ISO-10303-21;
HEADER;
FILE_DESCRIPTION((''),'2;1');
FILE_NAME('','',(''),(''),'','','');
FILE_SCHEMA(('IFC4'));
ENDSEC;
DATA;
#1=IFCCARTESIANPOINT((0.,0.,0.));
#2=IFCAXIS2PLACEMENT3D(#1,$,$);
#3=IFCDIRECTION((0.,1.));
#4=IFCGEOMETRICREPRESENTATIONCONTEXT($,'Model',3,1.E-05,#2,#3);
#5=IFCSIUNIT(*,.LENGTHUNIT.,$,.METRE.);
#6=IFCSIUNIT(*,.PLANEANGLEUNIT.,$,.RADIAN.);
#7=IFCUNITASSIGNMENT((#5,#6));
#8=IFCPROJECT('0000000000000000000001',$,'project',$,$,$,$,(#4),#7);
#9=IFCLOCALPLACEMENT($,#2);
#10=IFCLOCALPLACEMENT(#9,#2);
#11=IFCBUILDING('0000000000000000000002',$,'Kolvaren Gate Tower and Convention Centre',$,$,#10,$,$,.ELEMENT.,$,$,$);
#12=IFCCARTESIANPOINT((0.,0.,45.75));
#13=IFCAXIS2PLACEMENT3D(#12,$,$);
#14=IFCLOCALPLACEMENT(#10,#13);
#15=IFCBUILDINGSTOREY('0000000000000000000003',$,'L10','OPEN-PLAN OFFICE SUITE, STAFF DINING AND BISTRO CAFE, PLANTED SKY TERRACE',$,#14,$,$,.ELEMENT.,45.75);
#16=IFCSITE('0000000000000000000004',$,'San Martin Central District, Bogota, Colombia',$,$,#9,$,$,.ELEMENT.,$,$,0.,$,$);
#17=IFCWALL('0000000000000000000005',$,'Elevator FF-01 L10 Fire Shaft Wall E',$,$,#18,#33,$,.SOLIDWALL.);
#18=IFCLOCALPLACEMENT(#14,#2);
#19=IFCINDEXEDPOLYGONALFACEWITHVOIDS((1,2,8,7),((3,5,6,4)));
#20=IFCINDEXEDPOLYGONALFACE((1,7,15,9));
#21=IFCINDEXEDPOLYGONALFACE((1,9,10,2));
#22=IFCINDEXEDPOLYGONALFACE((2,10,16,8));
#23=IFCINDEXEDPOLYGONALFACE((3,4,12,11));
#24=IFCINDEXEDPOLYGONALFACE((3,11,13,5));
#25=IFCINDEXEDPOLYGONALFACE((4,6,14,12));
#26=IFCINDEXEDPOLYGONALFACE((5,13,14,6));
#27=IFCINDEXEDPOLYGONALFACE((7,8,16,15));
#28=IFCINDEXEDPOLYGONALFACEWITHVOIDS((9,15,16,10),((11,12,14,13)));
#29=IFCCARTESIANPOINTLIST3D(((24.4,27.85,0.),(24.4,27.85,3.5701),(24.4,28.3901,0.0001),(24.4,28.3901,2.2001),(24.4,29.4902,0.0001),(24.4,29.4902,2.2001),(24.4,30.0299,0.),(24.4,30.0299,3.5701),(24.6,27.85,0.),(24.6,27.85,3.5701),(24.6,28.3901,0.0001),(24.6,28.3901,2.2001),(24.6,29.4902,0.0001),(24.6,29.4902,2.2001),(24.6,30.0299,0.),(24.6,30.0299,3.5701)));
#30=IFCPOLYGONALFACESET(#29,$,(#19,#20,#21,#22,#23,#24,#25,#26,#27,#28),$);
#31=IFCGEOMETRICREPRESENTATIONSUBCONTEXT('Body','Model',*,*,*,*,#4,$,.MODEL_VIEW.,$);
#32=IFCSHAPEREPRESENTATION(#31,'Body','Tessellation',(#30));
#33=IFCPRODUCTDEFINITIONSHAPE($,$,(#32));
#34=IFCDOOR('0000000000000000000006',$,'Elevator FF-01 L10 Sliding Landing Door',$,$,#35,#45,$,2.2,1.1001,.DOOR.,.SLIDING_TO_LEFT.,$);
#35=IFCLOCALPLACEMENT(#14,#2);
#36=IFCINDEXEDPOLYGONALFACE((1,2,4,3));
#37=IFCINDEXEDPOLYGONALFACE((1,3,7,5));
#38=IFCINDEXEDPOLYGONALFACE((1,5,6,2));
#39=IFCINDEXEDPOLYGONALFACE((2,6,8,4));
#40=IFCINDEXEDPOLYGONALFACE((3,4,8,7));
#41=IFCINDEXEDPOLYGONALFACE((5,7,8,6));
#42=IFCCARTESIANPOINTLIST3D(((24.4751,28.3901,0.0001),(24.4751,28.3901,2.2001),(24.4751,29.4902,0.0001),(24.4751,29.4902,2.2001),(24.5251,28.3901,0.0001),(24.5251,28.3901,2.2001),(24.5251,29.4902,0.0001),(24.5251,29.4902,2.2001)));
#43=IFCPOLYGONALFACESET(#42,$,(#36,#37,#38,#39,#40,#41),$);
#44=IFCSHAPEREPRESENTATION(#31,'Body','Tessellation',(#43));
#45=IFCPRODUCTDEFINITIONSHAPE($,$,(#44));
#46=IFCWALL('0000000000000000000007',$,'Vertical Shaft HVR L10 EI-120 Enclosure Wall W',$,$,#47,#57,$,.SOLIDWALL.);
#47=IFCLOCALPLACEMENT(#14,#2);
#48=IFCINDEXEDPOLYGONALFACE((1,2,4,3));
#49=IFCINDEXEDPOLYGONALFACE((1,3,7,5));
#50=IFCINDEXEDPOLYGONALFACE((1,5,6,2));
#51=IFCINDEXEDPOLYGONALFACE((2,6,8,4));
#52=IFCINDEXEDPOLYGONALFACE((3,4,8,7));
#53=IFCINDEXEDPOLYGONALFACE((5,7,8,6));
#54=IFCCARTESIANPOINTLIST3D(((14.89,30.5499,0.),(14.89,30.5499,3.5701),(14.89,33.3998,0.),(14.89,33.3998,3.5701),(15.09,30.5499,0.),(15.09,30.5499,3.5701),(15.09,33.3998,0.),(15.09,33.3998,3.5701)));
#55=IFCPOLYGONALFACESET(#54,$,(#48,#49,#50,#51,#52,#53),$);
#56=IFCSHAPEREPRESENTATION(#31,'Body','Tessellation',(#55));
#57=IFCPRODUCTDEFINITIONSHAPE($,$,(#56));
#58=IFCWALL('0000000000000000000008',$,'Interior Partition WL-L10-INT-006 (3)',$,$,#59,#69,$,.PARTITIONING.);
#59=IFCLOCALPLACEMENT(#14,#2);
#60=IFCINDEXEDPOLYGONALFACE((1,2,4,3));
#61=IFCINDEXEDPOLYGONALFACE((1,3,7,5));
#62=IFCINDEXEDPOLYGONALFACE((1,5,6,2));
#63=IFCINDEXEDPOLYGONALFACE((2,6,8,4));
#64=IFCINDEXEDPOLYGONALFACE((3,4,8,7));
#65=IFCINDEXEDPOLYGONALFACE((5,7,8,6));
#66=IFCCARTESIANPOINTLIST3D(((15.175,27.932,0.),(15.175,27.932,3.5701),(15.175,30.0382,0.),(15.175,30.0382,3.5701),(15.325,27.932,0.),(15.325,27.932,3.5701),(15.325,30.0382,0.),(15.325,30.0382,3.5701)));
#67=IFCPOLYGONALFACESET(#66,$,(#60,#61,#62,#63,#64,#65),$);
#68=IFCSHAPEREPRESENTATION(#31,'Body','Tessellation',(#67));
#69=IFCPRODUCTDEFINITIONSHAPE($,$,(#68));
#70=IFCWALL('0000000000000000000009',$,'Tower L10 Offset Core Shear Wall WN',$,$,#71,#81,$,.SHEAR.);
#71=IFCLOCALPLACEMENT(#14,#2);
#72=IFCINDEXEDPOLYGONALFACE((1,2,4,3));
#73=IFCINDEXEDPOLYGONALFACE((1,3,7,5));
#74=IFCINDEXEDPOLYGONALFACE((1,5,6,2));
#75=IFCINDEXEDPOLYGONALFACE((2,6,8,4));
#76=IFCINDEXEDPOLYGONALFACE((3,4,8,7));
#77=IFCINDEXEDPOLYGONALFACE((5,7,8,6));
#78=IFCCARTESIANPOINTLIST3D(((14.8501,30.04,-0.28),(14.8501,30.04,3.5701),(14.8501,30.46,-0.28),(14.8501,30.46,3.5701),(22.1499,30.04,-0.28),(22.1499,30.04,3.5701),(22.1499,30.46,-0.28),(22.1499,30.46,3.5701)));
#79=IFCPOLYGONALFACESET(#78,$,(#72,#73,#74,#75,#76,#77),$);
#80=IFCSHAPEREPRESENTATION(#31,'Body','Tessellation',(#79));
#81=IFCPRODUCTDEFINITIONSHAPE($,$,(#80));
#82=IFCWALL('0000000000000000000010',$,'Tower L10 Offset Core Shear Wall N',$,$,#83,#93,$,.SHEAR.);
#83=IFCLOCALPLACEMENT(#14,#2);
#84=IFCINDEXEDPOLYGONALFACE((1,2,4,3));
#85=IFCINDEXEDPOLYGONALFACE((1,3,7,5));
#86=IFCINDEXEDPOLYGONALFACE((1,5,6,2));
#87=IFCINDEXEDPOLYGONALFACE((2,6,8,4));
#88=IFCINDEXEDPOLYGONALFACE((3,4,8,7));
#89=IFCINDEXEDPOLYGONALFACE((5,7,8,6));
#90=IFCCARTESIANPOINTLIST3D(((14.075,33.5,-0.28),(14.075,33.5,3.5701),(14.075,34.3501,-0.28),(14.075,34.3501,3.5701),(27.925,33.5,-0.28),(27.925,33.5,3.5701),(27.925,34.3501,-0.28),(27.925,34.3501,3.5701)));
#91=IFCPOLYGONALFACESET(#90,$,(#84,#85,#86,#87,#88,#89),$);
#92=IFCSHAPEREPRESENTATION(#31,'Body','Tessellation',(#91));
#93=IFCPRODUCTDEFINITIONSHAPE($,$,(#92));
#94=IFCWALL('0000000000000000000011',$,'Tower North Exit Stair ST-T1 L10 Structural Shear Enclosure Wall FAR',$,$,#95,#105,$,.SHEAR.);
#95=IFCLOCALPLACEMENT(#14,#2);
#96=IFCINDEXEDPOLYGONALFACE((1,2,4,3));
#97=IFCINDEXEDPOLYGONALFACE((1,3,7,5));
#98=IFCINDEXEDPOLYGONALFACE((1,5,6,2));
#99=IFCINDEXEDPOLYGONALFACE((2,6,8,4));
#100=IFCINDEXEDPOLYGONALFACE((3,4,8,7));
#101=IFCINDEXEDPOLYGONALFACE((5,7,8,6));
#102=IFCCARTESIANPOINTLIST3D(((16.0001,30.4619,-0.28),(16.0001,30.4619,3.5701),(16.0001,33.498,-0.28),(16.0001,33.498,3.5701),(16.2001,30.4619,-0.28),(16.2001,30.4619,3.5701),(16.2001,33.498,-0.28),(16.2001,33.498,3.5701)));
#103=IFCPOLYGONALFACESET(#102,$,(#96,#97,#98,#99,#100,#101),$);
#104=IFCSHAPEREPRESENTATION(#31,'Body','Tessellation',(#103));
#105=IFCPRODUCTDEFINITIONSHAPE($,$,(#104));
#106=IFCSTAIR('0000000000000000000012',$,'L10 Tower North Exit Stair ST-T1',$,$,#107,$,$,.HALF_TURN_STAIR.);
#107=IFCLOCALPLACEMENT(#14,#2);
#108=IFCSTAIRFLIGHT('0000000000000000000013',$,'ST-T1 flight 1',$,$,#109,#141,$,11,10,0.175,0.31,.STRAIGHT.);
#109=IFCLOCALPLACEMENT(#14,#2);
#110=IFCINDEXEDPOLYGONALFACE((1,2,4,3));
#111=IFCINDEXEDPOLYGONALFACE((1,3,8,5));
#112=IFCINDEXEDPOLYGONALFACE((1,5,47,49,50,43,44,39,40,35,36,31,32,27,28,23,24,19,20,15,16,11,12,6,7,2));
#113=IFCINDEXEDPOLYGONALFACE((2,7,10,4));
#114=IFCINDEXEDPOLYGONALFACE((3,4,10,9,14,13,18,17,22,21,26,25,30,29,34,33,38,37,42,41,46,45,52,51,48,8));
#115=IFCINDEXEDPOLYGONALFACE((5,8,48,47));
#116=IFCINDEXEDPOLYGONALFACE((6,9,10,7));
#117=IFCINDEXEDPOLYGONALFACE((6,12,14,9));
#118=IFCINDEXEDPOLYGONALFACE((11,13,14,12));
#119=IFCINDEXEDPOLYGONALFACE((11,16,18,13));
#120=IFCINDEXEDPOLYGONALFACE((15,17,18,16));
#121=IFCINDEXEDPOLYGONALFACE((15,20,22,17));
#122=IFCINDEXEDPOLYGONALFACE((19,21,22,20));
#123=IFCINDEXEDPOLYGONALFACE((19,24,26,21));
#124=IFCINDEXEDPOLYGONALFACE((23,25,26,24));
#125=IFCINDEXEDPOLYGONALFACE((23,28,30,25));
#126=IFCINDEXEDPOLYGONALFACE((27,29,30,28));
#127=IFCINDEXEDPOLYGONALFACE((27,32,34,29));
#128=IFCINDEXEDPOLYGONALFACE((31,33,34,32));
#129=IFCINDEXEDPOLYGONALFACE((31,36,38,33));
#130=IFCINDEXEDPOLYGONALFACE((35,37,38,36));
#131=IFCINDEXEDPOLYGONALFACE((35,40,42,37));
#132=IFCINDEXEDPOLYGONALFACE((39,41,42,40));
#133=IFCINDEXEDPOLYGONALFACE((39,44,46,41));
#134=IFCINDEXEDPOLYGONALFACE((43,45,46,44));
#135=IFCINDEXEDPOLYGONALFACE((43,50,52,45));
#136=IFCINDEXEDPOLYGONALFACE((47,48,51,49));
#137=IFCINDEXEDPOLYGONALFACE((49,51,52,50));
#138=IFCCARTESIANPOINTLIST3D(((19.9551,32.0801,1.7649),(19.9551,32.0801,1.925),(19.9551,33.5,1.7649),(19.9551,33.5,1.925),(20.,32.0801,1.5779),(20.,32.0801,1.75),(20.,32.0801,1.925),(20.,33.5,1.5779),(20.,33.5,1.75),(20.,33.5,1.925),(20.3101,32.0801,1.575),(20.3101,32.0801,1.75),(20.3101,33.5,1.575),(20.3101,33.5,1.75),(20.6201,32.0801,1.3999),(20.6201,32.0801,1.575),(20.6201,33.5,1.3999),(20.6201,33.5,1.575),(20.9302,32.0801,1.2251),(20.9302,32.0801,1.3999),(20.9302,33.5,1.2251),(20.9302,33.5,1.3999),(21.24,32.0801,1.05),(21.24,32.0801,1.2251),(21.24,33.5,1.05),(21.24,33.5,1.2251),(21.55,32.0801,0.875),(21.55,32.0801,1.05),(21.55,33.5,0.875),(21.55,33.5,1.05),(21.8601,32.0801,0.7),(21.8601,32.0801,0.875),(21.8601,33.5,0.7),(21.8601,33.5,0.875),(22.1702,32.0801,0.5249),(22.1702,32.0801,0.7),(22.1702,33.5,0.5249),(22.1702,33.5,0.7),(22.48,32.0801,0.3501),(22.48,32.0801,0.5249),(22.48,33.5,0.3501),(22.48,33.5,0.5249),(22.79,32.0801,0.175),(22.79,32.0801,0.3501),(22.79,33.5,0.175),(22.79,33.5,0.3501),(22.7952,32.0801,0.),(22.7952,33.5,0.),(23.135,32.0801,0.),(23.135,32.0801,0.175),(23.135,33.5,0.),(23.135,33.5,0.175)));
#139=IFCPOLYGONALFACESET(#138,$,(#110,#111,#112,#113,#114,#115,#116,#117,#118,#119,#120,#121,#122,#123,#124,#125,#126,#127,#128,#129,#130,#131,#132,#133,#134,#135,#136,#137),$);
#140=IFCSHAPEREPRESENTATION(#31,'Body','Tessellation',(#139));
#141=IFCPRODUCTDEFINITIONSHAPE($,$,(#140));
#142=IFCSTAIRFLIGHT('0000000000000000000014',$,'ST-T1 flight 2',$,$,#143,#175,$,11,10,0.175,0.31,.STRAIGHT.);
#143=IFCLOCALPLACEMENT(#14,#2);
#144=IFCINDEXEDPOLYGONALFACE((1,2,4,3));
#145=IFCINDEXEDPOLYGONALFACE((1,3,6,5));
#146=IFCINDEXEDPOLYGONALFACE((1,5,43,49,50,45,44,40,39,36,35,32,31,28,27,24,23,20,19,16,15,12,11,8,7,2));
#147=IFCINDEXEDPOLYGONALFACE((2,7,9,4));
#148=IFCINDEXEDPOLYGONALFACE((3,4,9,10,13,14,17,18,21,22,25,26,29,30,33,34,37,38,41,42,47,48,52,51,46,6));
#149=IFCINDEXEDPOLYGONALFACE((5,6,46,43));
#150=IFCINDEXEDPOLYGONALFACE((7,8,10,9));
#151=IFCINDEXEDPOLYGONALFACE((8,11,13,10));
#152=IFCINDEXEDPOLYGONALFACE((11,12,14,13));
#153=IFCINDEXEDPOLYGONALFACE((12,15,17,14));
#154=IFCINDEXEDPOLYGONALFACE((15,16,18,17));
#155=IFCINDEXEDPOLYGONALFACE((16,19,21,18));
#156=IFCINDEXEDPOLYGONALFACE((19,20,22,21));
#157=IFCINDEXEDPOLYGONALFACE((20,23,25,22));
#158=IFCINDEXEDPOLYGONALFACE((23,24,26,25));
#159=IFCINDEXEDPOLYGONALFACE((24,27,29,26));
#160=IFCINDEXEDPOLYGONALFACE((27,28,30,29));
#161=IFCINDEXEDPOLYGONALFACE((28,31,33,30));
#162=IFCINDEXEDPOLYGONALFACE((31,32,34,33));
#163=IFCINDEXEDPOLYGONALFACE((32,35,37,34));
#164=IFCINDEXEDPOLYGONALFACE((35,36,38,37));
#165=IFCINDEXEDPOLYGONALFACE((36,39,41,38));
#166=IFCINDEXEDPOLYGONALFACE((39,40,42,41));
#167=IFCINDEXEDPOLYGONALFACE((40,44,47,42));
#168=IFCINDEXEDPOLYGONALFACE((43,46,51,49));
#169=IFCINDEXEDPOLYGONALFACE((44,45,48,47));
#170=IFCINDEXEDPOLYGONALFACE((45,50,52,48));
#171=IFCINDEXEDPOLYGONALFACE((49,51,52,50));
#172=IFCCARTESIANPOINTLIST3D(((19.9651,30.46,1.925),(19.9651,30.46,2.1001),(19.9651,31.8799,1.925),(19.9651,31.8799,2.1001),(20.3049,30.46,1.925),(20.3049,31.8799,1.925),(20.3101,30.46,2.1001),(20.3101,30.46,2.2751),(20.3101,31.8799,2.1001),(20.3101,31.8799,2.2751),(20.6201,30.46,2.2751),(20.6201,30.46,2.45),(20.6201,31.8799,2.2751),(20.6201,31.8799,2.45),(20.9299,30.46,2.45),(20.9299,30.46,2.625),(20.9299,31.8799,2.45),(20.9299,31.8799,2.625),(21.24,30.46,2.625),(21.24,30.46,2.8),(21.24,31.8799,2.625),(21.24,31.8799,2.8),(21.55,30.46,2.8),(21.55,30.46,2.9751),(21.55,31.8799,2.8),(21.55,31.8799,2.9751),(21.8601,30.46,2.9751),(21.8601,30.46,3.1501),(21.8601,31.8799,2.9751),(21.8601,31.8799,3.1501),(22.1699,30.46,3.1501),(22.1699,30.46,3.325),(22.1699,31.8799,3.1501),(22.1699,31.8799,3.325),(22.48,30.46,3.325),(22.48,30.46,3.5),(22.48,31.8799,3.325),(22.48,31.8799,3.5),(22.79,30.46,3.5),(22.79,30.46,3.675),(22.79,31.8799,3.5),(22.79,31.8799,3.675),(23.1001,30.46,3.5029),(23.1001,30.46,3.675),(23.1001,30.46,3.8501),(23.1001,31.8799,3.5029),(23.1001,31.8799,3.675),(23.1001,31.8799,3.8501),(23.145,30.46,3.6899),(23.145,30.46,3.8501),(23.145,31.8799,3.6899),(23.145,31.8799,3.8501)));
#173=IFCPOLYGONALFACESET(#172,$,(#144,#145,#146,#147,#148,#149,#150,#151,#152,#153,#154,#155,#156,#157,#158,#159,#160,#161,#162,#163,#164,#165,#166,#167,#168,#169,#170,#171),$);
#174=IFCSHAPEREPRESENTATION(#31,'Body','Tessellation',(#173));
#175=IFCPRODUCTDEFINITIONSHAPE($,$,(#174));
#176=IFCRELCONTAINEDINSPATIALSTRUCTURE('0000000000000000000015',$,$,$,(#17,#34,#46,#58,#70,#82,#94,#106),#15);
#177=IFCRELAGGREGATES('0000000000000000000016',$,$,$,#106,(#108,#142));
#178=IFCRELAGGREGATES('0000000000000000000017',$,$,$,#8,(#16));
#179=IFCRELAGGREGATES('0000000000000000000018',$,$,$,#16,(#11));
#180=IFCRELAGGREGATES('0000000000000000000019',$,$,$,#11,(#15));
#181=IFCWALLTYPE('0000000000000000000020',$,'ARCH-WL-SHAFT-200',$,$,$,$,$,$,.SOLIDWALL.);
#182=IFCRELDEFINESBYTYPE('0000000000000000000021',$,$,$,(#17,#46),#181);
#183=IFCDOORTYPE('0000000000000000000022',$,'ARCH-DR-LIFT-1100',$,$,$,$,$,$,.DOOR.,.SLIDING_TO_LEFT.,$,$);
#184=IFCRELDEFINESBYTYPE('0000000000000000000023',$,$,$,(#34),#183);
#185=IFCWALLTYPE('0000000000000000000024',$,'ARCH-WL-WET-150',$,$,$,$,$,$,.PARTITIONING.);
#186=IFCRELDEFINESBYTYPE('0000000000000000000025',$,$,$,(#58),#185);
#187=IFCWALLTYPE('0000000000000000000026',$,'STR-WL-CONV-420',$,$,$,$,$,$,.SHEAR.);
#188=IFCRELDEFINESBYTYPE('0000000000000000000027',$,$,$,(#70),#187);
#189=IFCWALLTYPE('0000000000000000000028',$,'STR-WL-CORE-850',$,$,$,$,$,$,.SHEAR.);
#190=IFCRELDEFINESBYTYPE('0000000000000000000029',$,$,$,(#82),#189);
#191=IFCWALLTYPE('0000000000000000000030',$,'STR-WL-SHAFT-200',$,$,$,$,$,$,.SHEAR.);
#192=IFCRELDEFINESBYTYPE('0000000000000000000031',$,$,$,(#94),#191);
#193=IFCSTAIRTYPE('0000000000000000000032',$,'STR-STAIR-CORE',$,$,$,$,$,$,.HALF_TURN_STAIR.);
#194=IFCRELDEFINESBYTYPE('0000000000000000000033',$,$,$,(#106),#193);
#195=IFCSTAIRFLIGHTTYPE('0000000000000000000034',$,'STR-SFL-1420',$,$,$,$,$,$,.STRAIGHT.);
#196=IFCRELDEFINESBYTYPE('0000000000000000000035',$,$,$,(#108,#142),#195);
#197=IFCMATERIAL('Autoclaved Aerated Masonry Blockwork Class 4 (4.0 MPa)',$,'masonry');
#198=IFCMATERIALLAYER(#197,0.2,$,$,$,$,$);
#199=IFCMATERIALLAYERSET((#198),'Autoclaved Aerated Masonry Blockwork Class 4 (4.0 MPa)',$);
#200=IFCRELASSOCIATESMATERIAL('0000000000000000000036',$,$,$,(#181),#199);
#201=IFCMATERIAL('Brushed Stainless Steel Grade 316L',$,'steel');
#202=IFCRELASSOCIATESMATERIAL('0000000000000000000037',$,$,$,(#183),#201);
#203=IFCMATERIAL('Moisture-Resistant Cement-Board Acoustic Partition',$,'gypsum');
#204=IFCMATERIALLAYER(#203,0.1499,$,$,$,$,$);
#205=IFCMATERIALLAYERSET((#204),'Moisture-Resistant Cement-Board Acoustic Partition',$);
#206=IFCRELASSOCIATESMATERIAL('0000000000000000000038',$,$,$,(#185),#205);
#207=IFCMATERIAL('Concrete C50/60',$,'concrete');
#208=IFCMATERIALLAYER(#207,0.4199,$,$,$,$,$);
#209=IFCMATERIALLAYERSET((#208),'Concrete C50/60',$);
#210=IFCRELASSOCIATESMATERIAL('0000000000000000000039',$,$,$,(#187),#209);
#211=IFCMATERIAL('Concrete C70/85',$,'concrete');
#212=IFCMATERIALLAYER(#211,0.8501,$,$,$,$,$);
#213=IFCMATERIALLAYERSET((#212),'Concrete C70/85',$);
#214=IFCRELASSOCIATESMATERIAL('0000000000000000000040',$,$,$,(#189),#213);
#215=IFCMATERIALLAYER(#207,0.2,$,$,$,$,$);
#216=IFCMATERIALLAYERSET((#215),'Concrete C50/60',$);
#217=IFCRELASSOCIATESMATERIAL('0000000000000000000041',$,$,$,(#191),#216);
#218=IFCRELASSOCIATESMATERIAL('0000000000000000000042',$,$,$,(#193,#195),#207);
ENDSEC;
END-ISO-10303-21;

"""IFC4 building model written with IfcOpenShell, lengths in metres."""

from ifc_helpers import new_model, si_unit, direction, frame, frame_2d, origin, place, context, subcontext, project, spatial, polyline, rectangle, outline, extrude, material, layer, layer_set, type_object, element, fill, aggregate, save


model = new_model("IFC4")

# Units and contexts
model_context = context("Model", 3, precision=1e-05, world=origin(), true_north=direction((0.0, 1.0)))
body_context = subcontext(model_context, "Body", "Model", "MODEL_VIEW")
ifc_project = project(units=[si_unit("LENGTHUNIT", "METRE"), si_unit("PLANEANGLEUNIT", "RADIAN")], contexts=[model_context])

# Site, building, storey
site_placement = place(None, origin())
site = spatial("IfcSite", under=ifc_project, at=site_placement, Name="San Martin Central District, Bogota, Colombia", CompositionType="ELEMENT", RefElevation=0.0)
building_placement = place(site_placement, origin())
building = spatial("IfcBuilding", under=site, at=building_placement, Name="Kolvaren Gate Tower and Convention Centre", CompositionType="ELEMENT")
storey_placement = place(building_placement, frame((0.0, 0.0, 45.75)))
storey = spatial("IfcBuildingStorey", under=building, at=storey_placement, Name="L10", Description="OPEN-PLAN OFFICE SUITE, STAFF DINING AND BISTRO CAFE, PLANTED SKY TERRACE", CompositionType="ELEMENT", Elevation=45.75)

# Shared definitions
ifc_material_1 = material(Name="Autoclaved Aerated Masonry Blockwork Class 4 (4.0 MPa)", Category="masonry")

# Shared definitions
ifc_layer_1 = layer(ifc_material_1, 0.2)
ifc_layer_set_1 = layer_set([ifc_layer_1], Name="Autoclaved Aerated Masonry Blockwork Class 4 (4.0 MPa)")
wall_type_1 = type_object("IfcWallType", Name="ARCH-WL-SHAFT-200", PredefinedType="SOLIDWALL", material=ifc_layer_set_1)

# Wall, opening, door
wall_1_placement = place(storey_placement, frame((24.5, 27.8501, 0.0), z_axis=(0.0, 0.0, 1.0), x_axis=(0.0, 1.0, 0.0)))
wall_1 = element("IfcWall", 1, at=wall_1_placement, inside=storey, type_object=wall_type_1, Name="Elevator FF-01 L10 Fire Shaft Wall E", PredefinedType="SOLIDWALL", context=body_context, shape_type="SweptSolid", body=[
    extrude(rectangle(XDim=2.1799, YDim=0.2, at=frame_2d((1.0898, 0.0))), origin(), (0.0, 0.0, 1.0), 3.5701),
])
opening_1_placement = place(wall_1_placement, frame((0.54, 0.0, 0.0)))
opening_1 = element("IfcOpeningElement", 2, at=opening_1_placement, cuts=wall_1, PredefinedType="OPENING", context=body_context, shape_type="SweptSolid", body=[
    extrude(rectangle(XDim=1.1001, YDim=2.2, at=frame_2d((0.55, 1.1001))), frame((0.0, 0.1099, 0.0), z_axis=(0.0, -1.0, 0.0), x_axis=(1.0, 0.0, 0.0)), (0.0, 0.0, 1.0), 0.22),
])
ifc_material_2 = material(Name="Brushed Stainless Steel Grade 316L", Category="steel")
door_type_1 = type_object("IfcDoorType", Name="ARCH-DR-LIFT-1100", OperationType="SLIDING_TO_LEFT", PredefinedType="DOOR", material=ifc_material_2)
door_1_placement = place(opening_1_placement, origin())
door_1 = element("IfcDoor", 3, at=door_1_placement, inside=storey, type_object=door_type_1, Name="Elevator FF-01 L10 Sliding Landing Door", OperationType="SLIDING_TO_LEFT", OverallHeight=2.2, OverallWidth=1.1001, PredefinedType="DOOR", context=body_context, shape_type="SweptSolid", body=[
    extrude(rectangle(XDim=1.1001, YDim=2.2, at=frame_2d((0.55, 1.1001))), frame((0.0, 0.0249, 0.0), z_axis=(0.0, -1.0, 0.0), x_axis=(1.0, 0.0, 0.0)), (0.0, 0.0, 1.0), 0.05),
])
fill(opening_1, door_1)

# Walls
wall_2_placement = place(storey_placement, frame((14.99, 30.55, 0.0), z_axis=(0.0, 0.0, 1.0), x_axis=(0.0, 1.0, 0.0)))
element("IfcWall", 4, at=wall_2_placement, inside=storey, type_object=wall_type_1, Name="Vertical Shaft HVR L10 EI-120 Enclosure Wall W", PredefinedType="SOLIDWALL", context=body_context, shape_type="SweptSolid", body=[
    extrude(rectangle(XDim=2.8499, YDim=0.2, at=frame_2d((1.4248, 0.0))), origin(), (0.0, 0.0, 1.0), 3.5701),
])
ifc_material_3 = material(Name="Moisture-Resistant Cement-Board Acoustic Partition", Category="gypsum")
ifc_layer_2 = layer(ifc_material_3, 0.1499)
ifc_layer_set_2 = layer_set([ifc_layer_2], Name="Moisture-Resistant Cement-Board Acoustic Partition")
wall_type_2 = type_object("IfcWallType", Name="ARCH-WL-WET-150", PredefinedType="PARTITIONING", material=ifc_layer_set_2)
wall_3_placement = place(storey_placement, frame((15.25, 27.9319, 0.0), z_axis=(0.0, 0.0, 1.0), x_axis=(0.0, 1.0, 0.0)))
element("IfcWall", 5, at=wall_3_placement, inside=storey, type_object=wall_type_2, Name="Interior Partition WL-L10-INT-006 (3)", PredefinedType="PARTITIONING", context=body_context, shape_type="SweptSolid", body=[
    extrude(rectangle(XDim=2.1062, YDim=0.1499, at=frame_2d((1.0532, 0.0))), origin(), (0.0, 0.0, 1.0), 3.5701),
])
ifc_material_4 = material(Name="Concrete C50/60", Category="concrete")
ifc_layer_3 = layer(ifc_material_4, 0.4199)
ifc_layer_set_3 = layer_set([ifc_layer_3], Name="Concrete C50/60")
wall_type_3 = type_object("IfcWallType", Name="STR-WL-CONV-420", PredefinedType="SHEAR", material=ifc_layer_set_3)
wall_4_placement = place(storey_placement, frame((14.8501, 30.25, -0.28), z_axis=(0.0, 0.0, 1.0), x_axis=(1.0, 0.0, 0.0)))
element("IfcWall", 6, at=wall_4_placement, inside=storey, type_object=wall_type_3, Name="Tower L10 Offset Core Shear Wall WN", PredefinedType="SHEAR", context=body_context, shape_type="SweptSolid", body=[
    extrude(rectangle(XDim=7.2998, YDim=0.4199, at=frame_2d((3.6499, 0.0))), origin(), (0.0, 0.0, 1.0), 3.8501),
])
ifc_material_5 = material(Name="Concrete C70/85", Category="concrete")
ifc_layer_4 = layer(ifc_material_5, 0.8501)
ifc_layer_set_4 = layer_set([ifc_layer_4], Name="Concrete C70/85")
wall_type_4 = type_object("IfcWallType", Name="STR-WL-CORE-850", PredefinedType="SHEAR", material=ifc_layer_set_4)
wall_5_placement = place(storey_placement, frame((14.075, 33.925, -0.28), z_axis=(0.0, 0.0, 1.0), x_axis=(1.0, 0.0, 0.0)))
element("IfcWall", 7, at=wall_5_placement, inside=storey, type_object=wall_type_4, Name="Tower L10 Offset Core Shear Wall N", PredefinedType="SHEAR", context=body_context, shape_type="SweptSolid", body=[
    extrude(rectangle(XDim=13.8501, YDim=0.8501, at=frame_2d((6.925, 0.0))), origin(), (0.0, 0.0, 1.0), 3.8501),
])
ifc_layer_5 = layer(ifc_material_4, 0.2)
ifc_layer_set_5 = layer_set([ifc_layer_5], Name="Concrete C50/60")
wall_type_5 = type_object("IfcWallType", Name="STR-WL-SHAFT-200", PredefinedType="SHEAR", material=ifc_layer_set_5)
wall_6_placement = place(storey_placement, frame((16.1001, 30.4619, -0.28), z_axis=(0.0, 0.0, 1.0), x_axis=(0.0, 1.0, 0.0)))
element("IfcWall", 8, at=wall_6_placement, inside=storey, type_object=wall_type_5, Name="Tower North Exit Stair ST-T1 L10 Structural Shear Enclosure Wall FAR", PredefinedType="SHEAR", context=body_context, shape_type="SweptSolid", body=[
    extrude(rectangle(XDim=3.0361, YDim=0.2, at=frame_2d((1.5181, 0.0))), origin(), (0.0, 0.0, 1.0), 3.8501),
])

# Stair, stair flights
stair_type = type_object("IfcStairType", Name="STR-STAIR-CORE", PredefinedType="HALF_TURN_STAIR", material=ifc_material_4)
stair_placement = place(storey_placement, origin())
stair = element("IfcStair", 9, at=stair_placement, inside=storey, type_object=stair_type, Name="L10 Tower North Exit Stair ST-T1", PredefinedType="HALF_TURN_STAIR")
stair_flight_type = type_object("IfcStairFlightType", Name="STR-SFL-1420", PredefinedType="STRAIGHT", material=ifc_material_4)
stair_flight_1_placement = place(storey_placement, frame((23.1001, 32.79, 0.0), z_axis=(0.0, 0.0, 1.0), x_axis=(-1.0, 0.0, 0.0)))
stair_flight_1 = element("IfcStairFlight", 10, at=stair_flight_1_placement, type_object=stair_flight_type, Name="ST-T1 flight 1", NumberOfRisers=11, NumberOfTreads=10, PredefinedType="STRAIGHT", RiserHeight=0.175, TreadLength=0.31, context=body_context, shape_type="SweptSolid", body=[
    extrude(outline(polyline([(-0.0349, 0.0), (-0.0349, 0.175), (0.3101, 0.175), (0.3101, 0.3501), (0.6201, 0.3501), (0.6201, 0.5249), (0.9299, 0.5249), (0.9299, 0.7), (1.24, 0.7), (1.24, 0.875), (1.55, 0.875), (1.55, 1.05), (1.8601, 1.05), (1.8601, 1.2251), (2.1699, 1.2251), (2.1699, 1.3999), (2.48, 1.3999), (2.48, 1.575), (2.79, 1.575), (2.79, 1.75), (3.1001, 1.75), (3.1001, 1.925), (3.145, 1.925), (3.145, 1.7649), (3.1001, 1.5779), (0.3049, 0.0), (-0.0349, 0.0)])), frame((0.0, 0.71, 0.0), z_axis=(0.0, -1.0, 0.0), x_axis=(1.0, 0.0, 0.0)), (0.0, 0.0, 1.0), 1.4199),
])
stair_flight_2_placement = place(storey_placement, frame((20.0, 31.1699, 1.925), z_axis=(0.0, 0.0, 1.0), x_axis=(1.0, 0.0, 0.0)))
stair_flight_2 = element("IfcStairFlight", 11, at=stair_flight_2_placement, type_object=stair_flight_type, Name="ST-T1 flight 2", NumberOfRisers=11, NumberOfTreads=10, PredefinedType="STRAIGHT", RiserHeight=0.175, TreadLength=0.31, context=body_context, shape_type="SweptSolid", body=[
    extrude(outline(polyline([(-0.0349, 0.0), (-0.0349, 0.175), (0.3101, 0.175), (0.3101, 0.3501), (0.6201, 0.3501), (0.6201, 0.5249), (0.9299, 0.5249), (0.9299, 0.7), (1.24, 0.7), (1.24, 0.875), (1.55, 0.875), (1.55, 1.05), (1.8601, 1.05), (1.8601, 1.2251), (2.1699, 1.2251), (2.1699, 1.3999), (2.48, 1.3999), (2.48, 1.575), (2.79, 1.575), (2.79, 1.75), (3.1001, 1.75), (3.1001, 1.925), (3.145, 1.925), (3.145, 1.7649), (3.1001, 1.5779), (0.3049, 0.0), (-0.0349, 0.0)])), frame((0.0, 0.71, 0.0), z_axis=(0.0, -1.0, 0.0), x_axis=(1.0, 0.0, 0.0)), (0.0, 0.0, 1.0), 1.4199),
])
aggregate(stair, [stair_flight_1, stair_flight_2])

save(model, "model.ifc")
